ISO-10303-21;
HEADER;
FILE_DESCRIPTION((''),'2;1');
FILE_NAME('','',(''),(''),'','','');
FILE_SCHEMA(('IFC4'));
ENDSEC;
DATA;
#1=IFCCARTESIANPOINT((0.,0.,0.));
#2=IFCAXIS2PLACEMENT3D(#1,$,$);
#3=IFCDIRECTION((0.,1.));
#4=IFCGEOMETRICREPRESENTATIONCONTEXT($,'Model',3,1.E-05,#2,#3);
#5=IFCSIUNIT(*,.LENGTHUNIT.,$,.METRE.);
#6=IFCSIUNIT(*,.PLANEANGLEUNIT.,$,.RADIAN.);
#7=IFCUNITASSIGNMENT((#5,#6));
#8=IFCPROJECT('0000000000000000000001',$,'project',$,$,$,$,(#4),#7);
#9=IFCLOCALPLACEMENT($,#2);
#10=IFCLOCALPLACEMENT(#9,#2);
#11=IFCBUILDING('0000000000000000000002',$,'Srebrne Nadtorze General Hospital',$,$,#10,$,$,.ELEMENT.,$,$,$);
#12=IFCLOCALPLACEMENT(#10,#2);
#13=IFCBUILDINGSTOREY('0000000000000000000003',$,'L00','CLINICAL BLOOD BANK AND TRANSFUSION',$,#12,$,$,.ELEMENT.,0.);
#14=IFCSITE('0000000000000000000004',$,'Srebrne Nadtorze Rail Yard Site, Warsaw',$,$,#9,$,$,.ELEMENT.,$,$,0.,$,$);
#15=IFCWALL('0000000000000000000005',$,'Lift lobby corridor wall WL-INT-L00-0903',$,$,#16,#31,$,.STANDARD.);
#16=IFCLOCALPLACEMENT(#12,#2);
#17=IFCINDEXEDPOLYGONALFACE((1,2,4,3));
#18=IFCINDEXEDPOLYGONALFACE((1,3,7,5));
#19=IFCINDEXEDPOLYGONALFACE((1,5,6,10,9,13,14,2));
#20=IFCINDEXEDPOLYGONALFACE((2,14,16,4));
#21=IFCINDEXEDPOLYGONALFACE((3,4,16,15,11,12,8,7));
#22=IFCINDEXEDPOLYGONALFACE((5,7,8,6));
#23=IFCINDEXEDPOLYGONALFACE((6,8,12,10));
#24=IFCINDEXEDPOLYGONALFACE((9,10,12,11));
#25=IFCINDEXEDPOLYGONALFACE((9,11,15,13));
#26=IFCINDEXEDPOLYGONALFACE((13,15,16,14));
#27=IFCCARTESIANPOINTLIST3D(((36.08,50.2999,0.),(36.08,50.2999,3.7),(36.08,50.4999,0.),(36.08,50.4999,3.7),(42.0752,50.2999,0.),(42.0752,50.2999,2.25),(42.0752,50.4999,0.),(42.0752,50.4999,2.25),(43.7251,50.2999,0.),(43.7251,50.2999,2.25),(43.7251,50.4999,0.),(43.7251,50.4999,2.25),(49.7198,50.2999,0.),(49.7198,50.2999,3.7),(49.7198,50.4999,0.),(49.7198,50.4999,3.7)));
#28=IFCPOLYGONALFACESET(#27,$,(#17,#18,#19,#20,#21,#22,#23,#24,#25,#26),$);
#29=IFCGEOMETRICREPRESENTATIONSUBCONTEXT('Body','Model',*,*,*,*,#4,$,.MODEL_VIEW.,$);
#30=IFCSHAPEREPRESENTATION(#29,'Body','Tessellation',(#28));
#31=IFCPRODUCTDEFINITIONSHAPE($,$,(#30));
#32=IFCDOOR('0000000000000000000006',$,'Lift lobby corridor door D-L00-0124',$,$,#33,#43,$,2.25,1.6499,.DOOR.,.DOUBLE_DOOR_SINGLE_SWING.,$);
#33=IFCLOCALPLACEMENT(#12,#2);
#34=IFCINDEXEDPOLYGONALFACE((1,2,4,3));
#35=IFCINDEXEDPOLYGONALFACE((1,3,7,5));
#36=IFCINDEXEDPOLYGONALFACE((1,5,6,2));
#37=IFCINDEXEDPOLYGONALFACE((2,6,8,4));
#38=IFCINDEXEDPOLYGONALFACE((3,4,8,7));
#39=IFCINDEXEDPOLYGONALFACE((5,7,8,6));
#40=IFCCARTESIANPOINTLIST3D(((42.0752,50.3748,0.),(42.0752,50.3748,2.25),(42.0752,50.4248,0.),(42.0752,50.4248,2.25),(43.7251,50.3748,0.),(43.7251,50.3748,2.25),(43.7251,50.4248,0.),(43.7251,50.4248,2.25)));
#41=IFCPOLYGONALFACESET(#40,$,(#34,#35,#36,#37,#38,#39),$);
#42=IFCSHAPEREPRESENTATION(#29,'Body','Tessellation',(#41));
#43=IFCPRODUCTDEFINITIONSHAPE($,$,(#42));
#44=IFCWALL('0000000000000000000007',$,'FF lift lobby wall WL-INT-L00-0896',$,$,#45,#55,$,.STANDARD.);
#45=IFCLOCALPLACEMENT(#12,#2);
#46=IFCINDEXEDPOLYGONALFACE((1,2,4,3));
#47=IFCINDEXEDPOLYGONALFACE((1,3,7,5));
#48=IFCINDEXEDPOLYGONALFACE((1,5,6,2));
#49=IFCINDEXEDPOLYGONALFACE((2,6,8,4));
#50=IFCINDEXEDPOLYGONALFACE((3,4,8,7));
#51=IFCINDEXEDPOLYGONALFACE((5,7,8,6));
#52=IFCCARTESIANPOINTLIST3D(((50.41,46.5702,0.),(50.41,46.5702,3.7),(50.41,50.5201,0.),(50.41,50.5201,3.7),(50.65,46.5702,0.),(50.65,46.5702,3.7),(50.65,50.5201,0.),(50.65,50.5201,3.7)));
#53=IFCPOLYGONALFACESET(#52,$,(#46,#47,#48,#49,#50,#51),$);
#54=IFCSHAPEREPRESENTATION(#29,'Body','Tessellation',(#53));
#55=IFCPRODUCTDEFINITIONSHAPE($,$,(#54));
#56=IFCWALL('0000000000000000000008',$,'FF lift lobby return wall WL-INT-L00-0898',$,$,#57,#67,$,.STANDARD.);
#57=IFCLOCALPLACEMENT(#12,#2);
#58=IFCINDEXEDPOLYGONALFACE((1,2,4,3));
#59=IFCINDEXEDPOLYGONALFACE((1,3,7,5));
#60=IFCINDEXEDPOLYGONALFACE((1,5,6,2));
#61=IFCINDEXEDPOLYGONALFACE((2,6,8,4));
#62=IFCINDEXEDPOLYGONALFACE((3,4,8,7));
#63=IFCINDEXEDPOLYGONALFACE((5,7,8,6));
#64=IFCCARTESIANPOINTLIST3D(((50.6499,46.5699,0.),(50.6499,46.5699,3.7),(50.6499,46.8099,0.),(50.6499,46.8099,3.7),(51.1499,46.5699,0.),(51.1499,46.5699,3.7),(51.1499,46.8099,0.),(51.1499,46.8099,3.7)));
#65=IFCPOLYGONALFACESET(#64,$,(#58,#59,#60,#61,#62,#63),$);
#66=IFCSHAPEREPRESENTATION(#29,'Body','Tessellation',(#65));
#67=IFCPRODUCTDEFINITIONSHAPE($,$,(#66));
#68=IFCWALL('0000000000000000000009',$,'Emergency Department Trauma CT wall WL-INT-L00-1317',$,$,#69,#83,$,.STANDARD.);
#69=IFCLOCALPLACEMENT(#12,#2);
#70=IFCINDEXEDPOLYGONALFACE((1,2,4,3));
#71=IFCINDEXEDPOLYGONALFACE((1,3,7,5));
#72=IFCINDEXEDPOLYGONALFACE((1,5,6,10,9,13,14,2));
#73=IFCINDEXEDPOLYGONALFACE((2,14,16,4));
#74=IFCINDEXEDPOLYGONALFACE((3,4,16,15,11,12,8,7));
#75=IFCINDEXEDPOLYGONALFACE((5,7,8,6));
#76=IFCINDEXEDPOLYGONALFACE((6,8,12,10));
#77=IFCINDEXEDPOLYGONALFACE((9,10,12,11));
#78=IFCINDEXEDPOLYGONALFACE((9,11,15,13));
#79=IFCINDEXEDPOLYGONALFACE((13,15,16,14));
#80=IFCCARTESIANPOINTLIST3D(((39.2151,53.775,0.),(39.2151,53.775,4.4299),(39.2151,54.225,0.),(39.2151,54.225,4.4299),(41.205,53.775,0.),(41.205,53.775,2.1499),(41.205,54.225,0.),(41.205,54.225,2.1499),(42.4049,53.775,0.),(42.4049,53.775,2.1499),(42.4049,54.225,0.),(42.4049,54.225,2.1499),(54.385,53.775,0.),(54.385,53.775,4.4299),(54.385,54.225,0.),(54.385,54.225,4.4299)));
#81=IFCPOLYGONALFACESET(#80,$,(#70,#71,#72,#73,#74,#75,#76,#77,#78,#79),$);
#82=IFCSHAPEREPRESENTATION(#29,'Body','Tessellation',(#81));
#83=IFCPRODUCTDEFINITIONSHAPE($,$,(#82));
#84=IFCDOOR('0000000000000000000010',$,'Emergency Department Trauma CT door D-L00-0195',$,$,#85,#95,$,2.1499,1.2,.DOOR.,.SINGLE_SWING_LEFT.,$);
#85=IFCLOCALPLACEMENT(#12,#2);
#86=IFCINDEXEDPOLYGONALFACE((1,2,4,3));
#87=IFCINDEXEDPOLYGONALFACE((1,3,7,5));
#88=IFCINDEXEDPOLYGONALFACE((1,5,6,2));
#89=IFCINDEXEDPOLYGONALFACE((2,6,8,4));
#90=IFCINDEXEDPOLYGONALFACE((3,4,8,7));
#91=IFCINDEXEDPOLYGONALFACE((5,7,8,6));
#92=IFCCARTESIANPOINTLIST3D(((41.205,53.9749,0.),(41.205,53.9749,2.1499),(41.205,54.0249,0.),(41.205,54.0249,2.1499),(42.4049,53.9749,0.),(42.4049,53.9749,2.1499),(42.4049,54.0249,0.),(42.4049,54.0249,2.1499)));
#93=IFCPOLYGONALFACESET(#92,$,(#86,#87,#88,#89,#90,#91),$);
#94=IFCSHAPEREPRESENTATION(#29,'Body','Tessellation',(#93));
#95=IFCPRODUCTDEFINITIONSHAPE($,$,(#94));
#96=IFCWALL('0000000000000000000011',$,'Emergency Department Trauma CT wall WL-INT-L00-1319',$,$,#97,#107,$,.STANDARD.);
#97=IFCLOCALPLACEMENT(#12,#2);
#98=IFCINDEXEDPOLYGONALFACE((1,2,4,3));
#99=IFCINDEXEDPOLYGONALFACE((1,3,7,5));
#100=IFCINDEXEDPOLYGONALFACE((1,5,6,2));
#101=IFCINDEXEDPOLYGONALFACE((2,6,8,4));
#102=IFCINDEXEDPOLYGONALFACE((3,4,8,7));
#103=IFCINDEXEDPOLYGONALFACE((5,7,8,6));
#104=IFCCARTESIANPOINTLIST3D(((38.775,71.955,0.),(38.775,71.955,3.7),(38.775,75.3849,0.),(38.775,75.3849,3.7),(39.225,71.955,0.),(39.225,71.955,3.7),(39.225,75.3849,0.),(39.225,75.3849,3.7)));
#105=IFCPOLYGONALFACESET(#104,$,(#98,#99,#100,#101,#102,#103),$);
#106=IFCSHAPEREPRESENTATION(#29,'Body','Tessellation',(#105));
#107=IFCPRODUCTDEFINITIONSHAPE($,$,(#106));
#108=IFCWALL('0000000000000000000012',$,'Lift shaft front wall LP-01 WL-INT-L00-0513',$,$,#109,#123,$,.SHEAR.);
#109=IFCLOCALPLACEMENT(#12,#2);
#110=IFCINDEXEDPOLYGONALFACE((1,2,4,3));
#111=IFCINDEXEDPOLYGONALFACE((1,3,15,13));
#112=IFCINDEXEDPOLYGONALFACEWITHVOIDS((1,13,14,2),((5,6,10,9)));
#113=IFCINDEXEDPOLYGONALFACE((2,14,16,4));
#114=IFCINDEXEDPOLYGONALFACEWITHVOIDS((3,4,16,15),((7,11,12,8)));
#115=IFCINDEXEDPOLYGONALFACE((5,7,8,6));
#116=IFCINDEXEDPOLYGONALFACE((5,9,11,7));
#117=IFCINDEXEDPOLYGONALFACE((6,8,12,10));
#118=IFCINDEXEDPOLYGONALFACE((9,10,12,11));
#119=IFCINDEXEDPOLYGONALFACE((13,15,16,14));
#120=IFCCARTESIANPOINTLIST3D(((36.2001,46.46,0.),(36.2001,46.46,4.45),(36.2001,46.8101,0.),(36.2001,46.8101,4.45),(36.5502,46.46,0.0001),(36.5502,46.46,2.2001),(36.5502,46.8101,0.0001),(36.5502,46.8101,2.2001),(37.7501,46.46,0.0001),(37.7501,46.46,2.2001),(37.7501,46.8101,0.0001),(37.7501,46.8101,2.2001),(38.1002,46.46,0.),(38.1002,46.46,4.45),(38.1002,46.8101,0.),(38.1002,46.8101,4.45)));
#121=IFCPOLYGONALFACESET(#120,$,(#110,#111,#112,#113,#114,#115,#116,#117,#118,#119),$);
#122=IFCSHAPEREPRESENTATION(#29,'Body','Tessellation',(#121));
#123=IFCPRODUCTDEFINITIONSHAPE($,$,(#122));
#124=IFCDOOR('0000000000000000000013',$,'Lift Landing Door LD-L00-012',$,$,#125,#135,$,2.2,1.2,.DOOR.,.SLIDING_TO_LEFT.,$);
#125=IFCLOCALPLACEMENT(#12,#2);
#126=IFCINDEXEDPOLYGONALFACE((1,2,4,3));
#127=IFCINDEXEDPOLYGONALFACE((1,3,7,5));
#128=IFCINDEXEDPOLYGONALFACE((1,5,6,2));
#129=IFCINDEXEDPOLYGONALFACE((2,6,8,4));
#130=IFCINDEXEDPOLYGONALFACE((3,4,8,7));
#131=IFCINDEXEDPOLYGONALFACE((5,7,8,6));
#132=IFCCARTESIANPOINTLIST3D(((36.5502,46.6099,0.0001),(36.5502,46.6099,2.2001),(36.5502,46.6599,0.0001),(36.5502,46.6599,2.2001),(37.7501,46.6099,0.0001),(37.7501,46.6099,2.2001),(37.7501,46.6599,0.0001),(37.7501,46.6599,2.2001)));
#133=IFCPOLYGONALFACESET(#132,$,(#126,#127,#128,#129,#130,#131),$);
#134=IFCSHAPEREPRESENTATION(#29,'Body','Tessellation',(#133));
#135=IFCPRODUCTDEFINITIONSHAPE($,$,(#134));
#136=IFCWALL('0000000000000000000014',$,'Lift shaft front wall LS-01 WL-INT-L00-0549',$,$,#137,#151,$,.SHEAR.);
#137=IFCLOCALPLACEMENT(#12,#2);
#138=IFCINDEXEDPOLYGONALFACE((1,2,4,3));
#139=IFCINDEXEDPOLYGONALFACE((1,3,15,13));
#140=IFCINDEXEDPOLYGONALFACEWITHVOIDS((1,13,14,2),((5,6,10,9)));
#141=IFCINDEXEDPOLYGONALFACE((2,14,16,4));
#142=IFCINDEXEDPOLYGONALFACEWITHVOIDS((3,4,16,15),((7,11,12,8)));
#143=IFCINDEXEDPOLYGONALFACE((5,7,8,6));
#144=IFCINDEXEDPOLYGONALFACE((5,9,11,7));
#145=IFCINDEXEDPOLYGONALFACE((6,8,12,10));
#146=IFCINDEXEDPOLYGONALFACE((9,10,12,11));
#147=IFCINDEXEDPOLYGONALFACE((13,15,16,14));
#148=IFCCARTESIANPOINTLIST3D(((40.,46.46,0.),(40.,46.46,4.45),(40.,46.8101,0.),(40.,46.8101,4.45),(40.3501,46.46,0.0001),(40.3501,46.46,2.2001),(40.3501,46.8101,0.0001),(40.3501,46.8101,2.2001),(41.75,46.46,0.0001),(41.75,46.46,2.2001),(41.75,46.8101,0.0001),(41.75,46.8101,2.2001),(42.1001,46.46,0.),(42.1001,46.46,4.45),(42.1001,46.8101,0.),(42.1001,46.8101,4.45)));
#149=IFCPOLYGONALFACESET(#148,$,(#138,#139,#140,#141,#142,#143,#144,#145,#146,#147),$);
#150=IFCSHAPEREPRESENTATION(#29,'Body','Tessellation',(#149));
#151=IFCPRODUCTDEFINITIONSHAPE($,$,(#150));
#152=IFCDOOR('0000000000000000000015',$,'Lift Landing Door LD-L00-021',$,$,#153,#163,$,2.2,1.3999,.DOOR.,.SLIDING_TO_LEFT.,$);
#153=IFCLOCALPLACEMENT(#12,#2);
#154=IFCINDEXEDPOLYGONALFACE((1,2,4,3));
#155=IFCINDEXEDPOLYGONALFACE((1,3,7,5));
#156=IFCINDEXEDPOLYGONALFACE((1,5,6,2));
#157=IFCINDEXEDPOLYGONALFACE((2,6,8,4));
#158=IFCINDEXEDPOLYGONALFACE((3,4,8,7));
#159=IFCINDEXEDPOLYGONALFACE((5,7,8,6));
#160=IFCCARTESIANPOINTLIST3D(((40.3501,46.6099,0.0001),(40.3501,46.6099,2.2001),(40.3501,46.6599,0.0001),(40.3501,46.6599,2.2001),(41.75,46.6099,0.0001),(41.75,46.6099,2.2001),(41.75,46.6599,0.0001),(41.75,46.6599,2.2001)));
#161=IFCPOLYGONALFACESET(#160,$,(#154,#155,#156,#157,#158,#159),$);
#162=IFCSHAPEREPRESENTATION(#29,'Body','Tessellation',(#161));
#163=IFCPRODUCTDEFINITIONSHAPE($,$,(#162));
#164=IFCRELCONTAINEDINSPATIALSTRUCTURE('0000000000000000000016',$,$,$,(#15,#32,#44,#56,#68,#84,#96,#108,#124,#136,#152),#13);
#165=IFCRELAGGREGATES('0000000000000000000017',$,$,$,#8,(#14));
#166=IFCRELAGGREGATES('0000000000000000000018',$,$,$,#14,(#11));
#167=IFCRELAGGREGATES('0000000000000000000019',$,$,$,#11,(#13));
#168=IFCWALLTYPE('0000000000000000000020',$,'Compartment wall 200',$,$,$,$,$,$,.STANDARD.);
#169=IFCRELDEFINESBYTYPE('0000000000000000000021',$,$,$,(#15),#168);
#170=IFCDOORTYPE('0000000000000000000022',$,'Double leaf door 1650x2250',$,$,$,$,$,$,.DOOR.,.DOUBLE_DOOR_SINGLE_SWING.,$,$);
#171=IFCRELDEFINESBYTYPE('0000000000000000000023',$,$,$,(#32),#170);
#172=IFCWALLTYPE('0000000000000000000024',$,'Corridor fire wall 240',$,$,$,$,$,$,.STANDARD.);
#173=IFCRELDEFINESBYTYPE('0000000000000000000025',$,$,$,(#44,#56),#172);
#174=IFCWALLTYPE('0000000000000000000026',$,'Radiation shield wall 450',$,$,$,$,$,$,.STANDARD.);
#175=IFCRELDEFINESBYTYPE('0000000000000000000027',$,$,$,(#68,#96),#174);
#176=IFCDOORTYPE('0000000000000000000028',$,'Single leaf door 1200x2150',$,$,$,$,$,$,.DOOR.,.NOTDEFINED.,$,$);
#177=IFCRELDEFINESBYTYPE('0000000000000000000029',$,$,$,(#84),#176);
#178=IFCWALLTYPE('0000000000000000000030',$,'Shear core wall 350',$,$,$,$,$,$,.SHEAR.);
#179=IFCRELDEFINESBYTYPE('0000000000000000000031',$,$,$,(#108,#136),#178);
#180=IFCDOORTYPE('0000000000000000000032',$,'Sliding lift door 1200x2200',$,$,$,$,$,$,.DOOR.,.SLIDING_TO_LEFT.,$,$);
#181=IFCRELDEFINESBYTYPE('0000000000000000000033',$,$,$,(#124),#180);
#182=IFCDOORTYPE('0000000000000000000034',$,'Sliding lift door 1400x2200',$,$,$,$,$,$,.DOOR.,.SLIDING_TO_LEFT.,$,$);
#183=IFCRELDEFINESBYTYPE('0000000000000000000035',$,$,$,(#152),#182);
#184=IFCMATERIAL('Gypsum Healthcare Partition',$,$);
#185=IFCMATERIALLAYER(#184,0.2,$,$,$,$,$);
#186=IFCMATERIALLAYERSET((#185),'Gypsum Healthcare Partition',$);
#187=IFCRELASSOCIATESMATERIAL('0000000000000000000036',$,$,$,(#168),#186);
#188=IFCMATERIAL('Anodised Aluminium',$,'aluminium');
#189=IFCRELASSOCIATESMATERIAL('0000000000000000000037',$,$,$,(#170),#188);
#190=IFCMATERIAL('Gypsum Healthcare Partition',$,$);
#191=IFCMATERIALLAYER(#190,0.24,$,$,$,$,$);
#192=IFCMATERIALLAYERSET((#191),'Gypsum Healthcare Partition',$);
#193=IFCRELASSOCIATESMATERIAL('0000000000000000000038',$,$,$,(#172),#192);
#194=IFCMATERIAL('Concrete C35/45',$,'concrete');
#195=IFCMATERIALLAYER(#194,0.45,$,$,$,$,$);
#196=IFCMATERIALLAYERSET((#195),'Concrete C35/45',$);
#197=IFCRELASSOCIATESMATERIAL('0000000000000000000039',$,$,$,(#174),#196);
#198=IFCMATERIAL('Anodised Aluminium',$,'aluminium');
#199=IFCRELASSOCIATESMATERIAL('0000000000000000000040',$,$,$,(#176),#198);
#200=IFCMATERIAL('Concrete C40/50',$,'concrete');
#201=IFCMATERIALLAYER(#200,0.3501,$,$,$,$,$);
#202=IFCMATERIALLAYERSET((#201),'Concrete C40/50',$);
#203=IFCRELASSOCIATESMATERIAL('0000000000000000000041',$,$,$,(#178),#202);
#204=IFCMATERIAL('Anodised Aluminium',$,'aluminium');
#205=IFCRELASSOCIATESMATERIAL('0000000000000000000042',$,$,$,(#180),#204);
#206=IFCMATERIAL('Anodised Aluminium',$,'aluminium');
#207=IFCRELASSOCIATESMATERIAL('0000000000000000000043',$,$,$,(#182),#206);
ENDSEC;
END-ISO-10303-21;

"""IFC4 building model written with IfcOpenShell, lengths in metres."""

from ifc_helpers import new_model, si_unit, direction, frame, frame_2d, origin, place, context, subcontext, project, spatial, rectangle, extrude, material, layer, layer_set, type_object, element, fill, save


model = new_model("IFC4")

# Units and contexts
model_context = context("Model", 3, precision=1e-05, world=origin(), true_north=direction((0.0, 1.0)))
body_context = subcontext(model_context, "Body", "Model", "MODEL_VIEW")
ifc_project = project(units=[si_unit("LENGTHUNIT", "METRE"), si_unit("PLANEANGLEUNIT", "RADIAN")], contexts=[model_context])

# Site, building, storey
site_placement = place(None, origin())
site = spatial("IfcSite", under=ifc_project, at=site_placement, Name="Srebrne Nadtorze Rail Yard Site, Warsaw", CompositionType="ELEMENT", RefElevation=0.0)
building_placement = place(site_placement, origin())
building = spatial("IfcBuilding", under=site, at=building_placement, Name="Srebrne Nadtorze General Hospital", CompositionType="ELEMENT")
storey_placement = place(building_placement, origin())
storey = spatial("IfcBuildingStorey", under=building, at=storey_placement, Name="L00", Description="CLINICAL BLOOD BANK AND TRANSFUSION", CompositionType="ELEMENT", Elevation=0.0)

# Shared definitions
ifc_material_1 = material(Name="Gypsum Healthcare Partition")
ifc_layer_1 = layer(ifc_material_1, 0.2)
ifc_layer_set_1 = layer_set([ifc_layer_1], Name="Gypsum Healthcare Partition")
wall_type_1 = type_object("IfcWallType", Name="Compartment wall 200", PredefinedType="STANDARD", material=ifc_layer_set_1)

# Wall, opening, door
wall_1_placement = place(storey_placement, frame((36.0801, 50.3999, 0.0), z_axis=(0.0, 0.0, 1.0), x_axis=(1.0, 0.0, 0.0)))
wall_1 = element("IfcWall", 1, at=wall_1_placement, inside=storey, type_object=wall_type_1, Name="Lift lobby corridor wall WL-INT-L00-0903", PredefinedType="STANDARD", context=body_context, shape_type="SweptSolid", body=[
    extrude(rectangle(XDim=13.6399, YDim=0.2, at=frame_2d((6.8198, 0.0))), origin(), (0.0, 0.0, 1.0), 3.7),
])
opening_1_placement = place(wall_1_placement, frame((5.9951, 0.0, 0.0)))
opening_1 = element("IfcOpeningElement", 2, at=opening_1_placement, cuts=wall_1, PredefinedType="OPENING", context=body_context, shape_type="SweptSolid", body=[
    extrude(rectangle(XDim=1.6499, YDim=2.25, at=frame_2d((0.825, 1.125))), frame((0.0, 0.1118, 0.0), z_axis=(0.0, -1.0, 0.0), x_axis=(1.0, 0.0, 0.0)), (0.0, 0.0, 1.0), 0.2239),
])
ifc_material_2 = material(Name="Anodised Aluminium", Category="aluminium")
door_type_1 = type_object("IfcDoorType", Name="Double leaf door 1650x2250", OperationType="DOUBLE_DOOR_SINGLE_SWING", PredefinedType="DOOR", material=ifc_material_2)
door_1_placement = place(opening_1_placement, origin())
door_1 = element("IfcDoor", 3, at=door_1_placement, inside=storey, type_object=door_type_1, Name="Lift lobby corridor door D-L00-0124", OperationType="DOUBLE_DOOR_SINGLE_SWING", OverallHeight=2.25, OverallWidth=1.6499, PredefinedType="DOOR", context=body_context, shape_type="SweptSolid", body=[
    extrude(rectangle(XDim=1.6499, YDim=2.25, at=frame_2d((0.825, 1.125))), frame((0.0, 0.0249, 0.0), z_axis=(0.0, -1.0, 0.0), x_axis=(1.0, 0.0, 0.0)), (0.0, 0.0, 1.0), 0.05),
])
fill(opening_1, door_1)

# Walls
ifc_material_3 = material(Name="Gypsum Healthcare Partition")
ifc_layer_2 = layer(ifc_material_3, 0.24)
ifc_layer_set_2 = layer_set([ifc_layer_2], Name="Gypsum Healthcare Partition")
wall_type_2 = type_object("IfcWallType", Name="Corridor fire wall 240", PredefinedType="STANDARD", material=ifc_layer_set_2)
wall_2_placement = place(storey_placement, frame((50.53, 46.5701, 0.0), z_axis=(0.0, 0.0, 1.0), x_axis=(0.0, 1.0, 0.0)))
element("IfcWall", 4, at=wall_2_placement, inside=storey, type_object=wall_type_2, Name="FF lift lobby wall WL-INT-L00-0896", PredefinedType="STANDARD", context=body_context, shape_type="SweptSolid", body=[
    extrude(rectangle(XDim=3.95, YDim=0.24, at=frame_2d((1.9751, 0.0))), origin(), (0.0, 0.0, 1.0), 3.7),
])
wall_3_placement = place(storey_placement, frame((50.6499, 46.6899, 0.0), z_axis=(0.0, 0.0, 1.0), x_axis=(1.0, 0.0, 0.0)))
element("IfcWall", 5, at=wall_3_placement, inside=storey, type_object=wall_type_2, Name="FF lift lobby return wall WL-INT-L00-0898", PredefinedType="STANDARD", context=body_context, shape_type="SweptSolid", body=[
    extrude(rectangle(XDim=0.5, YDim=0.24, at=frame_2d((0.25, 0.0))), origin(), (0.0, 0.0, 1.0), 3.7),
])

# Wall, opening, door
ifc_material_4 = material(Name="Concrete C35/45", Category="concrete")
ifc_layer_3 = layer(ifc_material_4, 0.45)
ifc_layer_set_3 = layer_set([ifc_layer_3], Name="Concrete C35/45")
wall_type_3 = type_object("IfcWallType", Name="Radiation shield wall 450", PredefinedType="STANDARD", material=ifc_layer_set_3)
wall_4_placement = place(storey_placement, frame((39.2151, 54.0, 0.0), z_axis=(0.0, 0.0, 1.0), x_axis=(1.0, 0.0, 0.0)))
wall_4 = element("IfcWall", 6, at=wall_4_placement, inside=storey, type_object=wall_type_3, Name="Emergency Department Trauma CT wall WL-INT-L00-1317", PredefinedType="STANDARD", context=body_context, shape_type="SweptSolid", body=[
    extrude(rectangle(XDim=15.1699, YDim=0.45, at=frame_2d((7.585, 0.0))), origin(), (0.0, 0.0, 1.0), 4.4299),
])
opening_2_placement = place(wall_4_placement, frame((1.9897, 0.0, 0.0)))
opening_2 = element("IfcOpeningElement", 7, at=opening_2_placement, cuts=wall_4, PredefinedType="OPENING", context=body_context, shape_type="SweptSolid", body=[
    extrude(rectangle(XDim=1.2, YDim=2.1499, at=frame_2d((0.6001, 1.075))), frame((0.0, 0.2368, 0.0), z_axis=(0.0, -1.0, 0.0), x_axis=(1.0, 0.0, 0.0)), (0.0, 0.0, 1.0), 0.4739),
])
ifc_material_5 = material(Name="Anodised Aluminium", Category="aluminium")
door_type_2 = type_object("IfcDoorType", Name="Single leaf door 1200x2150", OperationType="NOTDEFINED", PredefinedType="DOOR", material=ifc_material_5)
door_2_placement = place(opening_2_placement, origin())
door_2 = element("IfcDoor", 8, at=door_2_placement, inside=storey, type_object=door_type_2, Name="Emergency Department Trauma CT door D-L00-0195", OperationType="SINGLE_SWING_LEFT", OverallHeight=2.1499, OverallWidth=1.2, PredefinedType="DOOR", context=body_context, shape_type="SweptSolid", body=[
    extrude(rectangle(XDim=1.2, YDim=2.1499, at=frame_2d((0.6001, 1.075))), frame((0.0, 0.0249, 0.0), z_axis=(0.0, -1.0, 0.0), x_axis=(1.0, 0.0, 0.0)), (0.0, 0.0, 1.0), 0.05),
])
fill(opening_2, door_2)

# Wall
wall_5_placement = place(storey_placement, frame((39.0, 71.9551, 0.0), z_axis=(0.0, 0.0, 1.0), x_axis=(0.0, 1.0, 0.0)))
element("IfcWall", 9, at=wall_5_placement, inside=storey, type_object=wall_type_3, Name="Emergency Department Trauma CT wall WL-INT-L00-1319", PredefinedType="STANDARD", context=body_context, shape_type="SweptSolid", body=[
    extrude(rectangle(XDim=3.4299, YDim=0.45, at=frame_2d((1.7148, 0.0))), origin(), (0.0, 0.0, 1.0), 3.7),
])

# Walls, openings, doors
ifc_material_6 = material(Name="Concrete C40/50", Category="concrete")
ifc_layer_4 = layer(ifc_material_6, 0.3501)
ifc_layer_set_4 = layer_set([ifc_layer_4], Name="Concrete C40/50")
wall_type_4 = type_object("IfcWallType", Name="Shear core wall 350", PredefinedType="SHEAR", material=ifc_layer_set_4)
wall_6_placement = place(storey_placement, frame((36.2, 46.635, 0.0), z_axis=(0.0, 0.0, 1.0), x_axis=(1.0, 0.0, 0.0)))
wall_6 = element("IfcWall", 10, at=wall_6_placement, inside=storey, type_object=wall_type_4, Name="Lift shaft front wall LP-01 WL-INT-L00-0513", PredefinedType="SHEAR", context=body_context, shape_type="SweptSolid", body=[
    extrude(rectangle(XDim=1.9001, YDim=0.3501, at=frame_2d((0.9502, 0.0))), origin(), (0.0, 0.0, 1.0), 4.45),
])
opening_3_placement = place(wall_6_placement, frame((0.3501, 0.0, 0.0)))
opening_3 = element("IfcOpeningElement", 11, at=opening_3_placement, cuts=wall_6, PredefinedType="OPENING", context=body_context, shape_type="SweptSolid", body=[
    extrude(rectangle(XDim=1.2, YDim=2.2, at=frame_2d((0.6001, 1.1001))), frame((0.0, 0.187, 0.0), z_axis=(0.0, -1.0, 0.0), x_axis=(1.0, 0.0, 0.0)), (0.0, 0.0, 1.0), 0.374),
])
ifc_material_7 = material(Name="Anodised Aluminium", Category="aluminium")
door_type_3 = type_object("IfcDoorType", Name="Sliding lift door 1200x2200", OperationType="SLIDING_TO_LEFT", PredefinedType="DOOR", material=ifc_material_7)
door_3_placement = place(opening_3_placement, origin())
door_3 = element("IfcDoor", 12, at=door_3_placement, inside=storey, type_object=door_type_3, Name="Lift Landing Door LD-L00-012", OperationType="SLIDING_TO_LEFT", OverallHeight=2.2, OverallWidth=1.2, PredefinedType="DOOR", context=body_context, shape_type="SweptSolid", body=[
    extrude(rectangle(XDim=1.2, YDim=2.2, at=frame_2d((0.6001, 1.1001))), frame((0.0, 0.0249, 0.0), z_axis=(0.0, -1.0, 0.0), x_axis=(1.0, 0.0, 0.0)), (0.0, 0.0, 1.0), 0.05),
])
fill(opening_3, door_3)
wall_7_placement = place(storey_placement, frame((40.0, 46.635, 0.0), z_axis=(0.0, 0.0, 1.0), x_axis=(1.0, 0.0, 0.0)))
wall_7 = element("IfcWall", 13, at=wall_7_placement, inside=storey, type_object=wall_type_4, Name="Lift shaft front wall LS-01 WL-INT-L00-0549", PredefinedType="SHEAR", context=body_context, shape_type="SweptSolid", body=[
    extrude(rectangle(XDim=2.1001, YDim=0.3501, at=frame_2d((1.05, 0.0))), origin(), (0.0, 0.0, 1.0), 4.45),
])
opening_4_placement = place(wall_7_placement, frame((0.3501, 0.0, 0.0)))
opening_4 = element("IfcOpeningElement", 14, at=opening_4_placement, cuts=wall_7, PredefinedType="OPENING", context=body_context, shape_type="SweptSolid", body=[
    extrude(rectangle(XDim=1.3999, YDim=2.2, at=frame_2d((0.7, 1.1001))), frame((0.0, 0.187, 0.0), z_axis=(0.0, -1.0, 0.0), x_axis=(1.0, 0.0, 0.0)), (0.0, 0.0, 1.0), 0.374),
])
ifc_material_8 = material(Name="Anodised Aluminium", Category="aluminium")
door_type_4 = type_object("IfcDoorType", Name="Sliding lift door 1400x2200", OperationType="SLIDING_TO_LEFT", PredefinedType="DOOR", material=ifc_material_8)
door_4_placement = place(opening_4_placement, origin())
door_4 = element("IfcDoor", 15, at=door_4_placement, inside=storey, type_object=door_type_4, Name="Lift Landing Door LD-L00-021", OperationType="SLIDING_TO_LEFT", OverallHeight=2.2, OverallWidth=1.3999, PredefinedType="DOOR", context=body_context, shape_type="SweptSolid", body=[
    extrude(rectangle(XDim=1.3999, YDim=2.2, at=frame_2d((0.7, 1.1001))), frame((0.0, 0.0249, 0.0), z_axis=(0.0, -1.0, 0.0), x_axis=(1.0, 0.0, 0.0)), (0.0, 0.0, 1.0), 0.05),
])
fill(opening_4, door_4)

save(model, "model.ifc")
